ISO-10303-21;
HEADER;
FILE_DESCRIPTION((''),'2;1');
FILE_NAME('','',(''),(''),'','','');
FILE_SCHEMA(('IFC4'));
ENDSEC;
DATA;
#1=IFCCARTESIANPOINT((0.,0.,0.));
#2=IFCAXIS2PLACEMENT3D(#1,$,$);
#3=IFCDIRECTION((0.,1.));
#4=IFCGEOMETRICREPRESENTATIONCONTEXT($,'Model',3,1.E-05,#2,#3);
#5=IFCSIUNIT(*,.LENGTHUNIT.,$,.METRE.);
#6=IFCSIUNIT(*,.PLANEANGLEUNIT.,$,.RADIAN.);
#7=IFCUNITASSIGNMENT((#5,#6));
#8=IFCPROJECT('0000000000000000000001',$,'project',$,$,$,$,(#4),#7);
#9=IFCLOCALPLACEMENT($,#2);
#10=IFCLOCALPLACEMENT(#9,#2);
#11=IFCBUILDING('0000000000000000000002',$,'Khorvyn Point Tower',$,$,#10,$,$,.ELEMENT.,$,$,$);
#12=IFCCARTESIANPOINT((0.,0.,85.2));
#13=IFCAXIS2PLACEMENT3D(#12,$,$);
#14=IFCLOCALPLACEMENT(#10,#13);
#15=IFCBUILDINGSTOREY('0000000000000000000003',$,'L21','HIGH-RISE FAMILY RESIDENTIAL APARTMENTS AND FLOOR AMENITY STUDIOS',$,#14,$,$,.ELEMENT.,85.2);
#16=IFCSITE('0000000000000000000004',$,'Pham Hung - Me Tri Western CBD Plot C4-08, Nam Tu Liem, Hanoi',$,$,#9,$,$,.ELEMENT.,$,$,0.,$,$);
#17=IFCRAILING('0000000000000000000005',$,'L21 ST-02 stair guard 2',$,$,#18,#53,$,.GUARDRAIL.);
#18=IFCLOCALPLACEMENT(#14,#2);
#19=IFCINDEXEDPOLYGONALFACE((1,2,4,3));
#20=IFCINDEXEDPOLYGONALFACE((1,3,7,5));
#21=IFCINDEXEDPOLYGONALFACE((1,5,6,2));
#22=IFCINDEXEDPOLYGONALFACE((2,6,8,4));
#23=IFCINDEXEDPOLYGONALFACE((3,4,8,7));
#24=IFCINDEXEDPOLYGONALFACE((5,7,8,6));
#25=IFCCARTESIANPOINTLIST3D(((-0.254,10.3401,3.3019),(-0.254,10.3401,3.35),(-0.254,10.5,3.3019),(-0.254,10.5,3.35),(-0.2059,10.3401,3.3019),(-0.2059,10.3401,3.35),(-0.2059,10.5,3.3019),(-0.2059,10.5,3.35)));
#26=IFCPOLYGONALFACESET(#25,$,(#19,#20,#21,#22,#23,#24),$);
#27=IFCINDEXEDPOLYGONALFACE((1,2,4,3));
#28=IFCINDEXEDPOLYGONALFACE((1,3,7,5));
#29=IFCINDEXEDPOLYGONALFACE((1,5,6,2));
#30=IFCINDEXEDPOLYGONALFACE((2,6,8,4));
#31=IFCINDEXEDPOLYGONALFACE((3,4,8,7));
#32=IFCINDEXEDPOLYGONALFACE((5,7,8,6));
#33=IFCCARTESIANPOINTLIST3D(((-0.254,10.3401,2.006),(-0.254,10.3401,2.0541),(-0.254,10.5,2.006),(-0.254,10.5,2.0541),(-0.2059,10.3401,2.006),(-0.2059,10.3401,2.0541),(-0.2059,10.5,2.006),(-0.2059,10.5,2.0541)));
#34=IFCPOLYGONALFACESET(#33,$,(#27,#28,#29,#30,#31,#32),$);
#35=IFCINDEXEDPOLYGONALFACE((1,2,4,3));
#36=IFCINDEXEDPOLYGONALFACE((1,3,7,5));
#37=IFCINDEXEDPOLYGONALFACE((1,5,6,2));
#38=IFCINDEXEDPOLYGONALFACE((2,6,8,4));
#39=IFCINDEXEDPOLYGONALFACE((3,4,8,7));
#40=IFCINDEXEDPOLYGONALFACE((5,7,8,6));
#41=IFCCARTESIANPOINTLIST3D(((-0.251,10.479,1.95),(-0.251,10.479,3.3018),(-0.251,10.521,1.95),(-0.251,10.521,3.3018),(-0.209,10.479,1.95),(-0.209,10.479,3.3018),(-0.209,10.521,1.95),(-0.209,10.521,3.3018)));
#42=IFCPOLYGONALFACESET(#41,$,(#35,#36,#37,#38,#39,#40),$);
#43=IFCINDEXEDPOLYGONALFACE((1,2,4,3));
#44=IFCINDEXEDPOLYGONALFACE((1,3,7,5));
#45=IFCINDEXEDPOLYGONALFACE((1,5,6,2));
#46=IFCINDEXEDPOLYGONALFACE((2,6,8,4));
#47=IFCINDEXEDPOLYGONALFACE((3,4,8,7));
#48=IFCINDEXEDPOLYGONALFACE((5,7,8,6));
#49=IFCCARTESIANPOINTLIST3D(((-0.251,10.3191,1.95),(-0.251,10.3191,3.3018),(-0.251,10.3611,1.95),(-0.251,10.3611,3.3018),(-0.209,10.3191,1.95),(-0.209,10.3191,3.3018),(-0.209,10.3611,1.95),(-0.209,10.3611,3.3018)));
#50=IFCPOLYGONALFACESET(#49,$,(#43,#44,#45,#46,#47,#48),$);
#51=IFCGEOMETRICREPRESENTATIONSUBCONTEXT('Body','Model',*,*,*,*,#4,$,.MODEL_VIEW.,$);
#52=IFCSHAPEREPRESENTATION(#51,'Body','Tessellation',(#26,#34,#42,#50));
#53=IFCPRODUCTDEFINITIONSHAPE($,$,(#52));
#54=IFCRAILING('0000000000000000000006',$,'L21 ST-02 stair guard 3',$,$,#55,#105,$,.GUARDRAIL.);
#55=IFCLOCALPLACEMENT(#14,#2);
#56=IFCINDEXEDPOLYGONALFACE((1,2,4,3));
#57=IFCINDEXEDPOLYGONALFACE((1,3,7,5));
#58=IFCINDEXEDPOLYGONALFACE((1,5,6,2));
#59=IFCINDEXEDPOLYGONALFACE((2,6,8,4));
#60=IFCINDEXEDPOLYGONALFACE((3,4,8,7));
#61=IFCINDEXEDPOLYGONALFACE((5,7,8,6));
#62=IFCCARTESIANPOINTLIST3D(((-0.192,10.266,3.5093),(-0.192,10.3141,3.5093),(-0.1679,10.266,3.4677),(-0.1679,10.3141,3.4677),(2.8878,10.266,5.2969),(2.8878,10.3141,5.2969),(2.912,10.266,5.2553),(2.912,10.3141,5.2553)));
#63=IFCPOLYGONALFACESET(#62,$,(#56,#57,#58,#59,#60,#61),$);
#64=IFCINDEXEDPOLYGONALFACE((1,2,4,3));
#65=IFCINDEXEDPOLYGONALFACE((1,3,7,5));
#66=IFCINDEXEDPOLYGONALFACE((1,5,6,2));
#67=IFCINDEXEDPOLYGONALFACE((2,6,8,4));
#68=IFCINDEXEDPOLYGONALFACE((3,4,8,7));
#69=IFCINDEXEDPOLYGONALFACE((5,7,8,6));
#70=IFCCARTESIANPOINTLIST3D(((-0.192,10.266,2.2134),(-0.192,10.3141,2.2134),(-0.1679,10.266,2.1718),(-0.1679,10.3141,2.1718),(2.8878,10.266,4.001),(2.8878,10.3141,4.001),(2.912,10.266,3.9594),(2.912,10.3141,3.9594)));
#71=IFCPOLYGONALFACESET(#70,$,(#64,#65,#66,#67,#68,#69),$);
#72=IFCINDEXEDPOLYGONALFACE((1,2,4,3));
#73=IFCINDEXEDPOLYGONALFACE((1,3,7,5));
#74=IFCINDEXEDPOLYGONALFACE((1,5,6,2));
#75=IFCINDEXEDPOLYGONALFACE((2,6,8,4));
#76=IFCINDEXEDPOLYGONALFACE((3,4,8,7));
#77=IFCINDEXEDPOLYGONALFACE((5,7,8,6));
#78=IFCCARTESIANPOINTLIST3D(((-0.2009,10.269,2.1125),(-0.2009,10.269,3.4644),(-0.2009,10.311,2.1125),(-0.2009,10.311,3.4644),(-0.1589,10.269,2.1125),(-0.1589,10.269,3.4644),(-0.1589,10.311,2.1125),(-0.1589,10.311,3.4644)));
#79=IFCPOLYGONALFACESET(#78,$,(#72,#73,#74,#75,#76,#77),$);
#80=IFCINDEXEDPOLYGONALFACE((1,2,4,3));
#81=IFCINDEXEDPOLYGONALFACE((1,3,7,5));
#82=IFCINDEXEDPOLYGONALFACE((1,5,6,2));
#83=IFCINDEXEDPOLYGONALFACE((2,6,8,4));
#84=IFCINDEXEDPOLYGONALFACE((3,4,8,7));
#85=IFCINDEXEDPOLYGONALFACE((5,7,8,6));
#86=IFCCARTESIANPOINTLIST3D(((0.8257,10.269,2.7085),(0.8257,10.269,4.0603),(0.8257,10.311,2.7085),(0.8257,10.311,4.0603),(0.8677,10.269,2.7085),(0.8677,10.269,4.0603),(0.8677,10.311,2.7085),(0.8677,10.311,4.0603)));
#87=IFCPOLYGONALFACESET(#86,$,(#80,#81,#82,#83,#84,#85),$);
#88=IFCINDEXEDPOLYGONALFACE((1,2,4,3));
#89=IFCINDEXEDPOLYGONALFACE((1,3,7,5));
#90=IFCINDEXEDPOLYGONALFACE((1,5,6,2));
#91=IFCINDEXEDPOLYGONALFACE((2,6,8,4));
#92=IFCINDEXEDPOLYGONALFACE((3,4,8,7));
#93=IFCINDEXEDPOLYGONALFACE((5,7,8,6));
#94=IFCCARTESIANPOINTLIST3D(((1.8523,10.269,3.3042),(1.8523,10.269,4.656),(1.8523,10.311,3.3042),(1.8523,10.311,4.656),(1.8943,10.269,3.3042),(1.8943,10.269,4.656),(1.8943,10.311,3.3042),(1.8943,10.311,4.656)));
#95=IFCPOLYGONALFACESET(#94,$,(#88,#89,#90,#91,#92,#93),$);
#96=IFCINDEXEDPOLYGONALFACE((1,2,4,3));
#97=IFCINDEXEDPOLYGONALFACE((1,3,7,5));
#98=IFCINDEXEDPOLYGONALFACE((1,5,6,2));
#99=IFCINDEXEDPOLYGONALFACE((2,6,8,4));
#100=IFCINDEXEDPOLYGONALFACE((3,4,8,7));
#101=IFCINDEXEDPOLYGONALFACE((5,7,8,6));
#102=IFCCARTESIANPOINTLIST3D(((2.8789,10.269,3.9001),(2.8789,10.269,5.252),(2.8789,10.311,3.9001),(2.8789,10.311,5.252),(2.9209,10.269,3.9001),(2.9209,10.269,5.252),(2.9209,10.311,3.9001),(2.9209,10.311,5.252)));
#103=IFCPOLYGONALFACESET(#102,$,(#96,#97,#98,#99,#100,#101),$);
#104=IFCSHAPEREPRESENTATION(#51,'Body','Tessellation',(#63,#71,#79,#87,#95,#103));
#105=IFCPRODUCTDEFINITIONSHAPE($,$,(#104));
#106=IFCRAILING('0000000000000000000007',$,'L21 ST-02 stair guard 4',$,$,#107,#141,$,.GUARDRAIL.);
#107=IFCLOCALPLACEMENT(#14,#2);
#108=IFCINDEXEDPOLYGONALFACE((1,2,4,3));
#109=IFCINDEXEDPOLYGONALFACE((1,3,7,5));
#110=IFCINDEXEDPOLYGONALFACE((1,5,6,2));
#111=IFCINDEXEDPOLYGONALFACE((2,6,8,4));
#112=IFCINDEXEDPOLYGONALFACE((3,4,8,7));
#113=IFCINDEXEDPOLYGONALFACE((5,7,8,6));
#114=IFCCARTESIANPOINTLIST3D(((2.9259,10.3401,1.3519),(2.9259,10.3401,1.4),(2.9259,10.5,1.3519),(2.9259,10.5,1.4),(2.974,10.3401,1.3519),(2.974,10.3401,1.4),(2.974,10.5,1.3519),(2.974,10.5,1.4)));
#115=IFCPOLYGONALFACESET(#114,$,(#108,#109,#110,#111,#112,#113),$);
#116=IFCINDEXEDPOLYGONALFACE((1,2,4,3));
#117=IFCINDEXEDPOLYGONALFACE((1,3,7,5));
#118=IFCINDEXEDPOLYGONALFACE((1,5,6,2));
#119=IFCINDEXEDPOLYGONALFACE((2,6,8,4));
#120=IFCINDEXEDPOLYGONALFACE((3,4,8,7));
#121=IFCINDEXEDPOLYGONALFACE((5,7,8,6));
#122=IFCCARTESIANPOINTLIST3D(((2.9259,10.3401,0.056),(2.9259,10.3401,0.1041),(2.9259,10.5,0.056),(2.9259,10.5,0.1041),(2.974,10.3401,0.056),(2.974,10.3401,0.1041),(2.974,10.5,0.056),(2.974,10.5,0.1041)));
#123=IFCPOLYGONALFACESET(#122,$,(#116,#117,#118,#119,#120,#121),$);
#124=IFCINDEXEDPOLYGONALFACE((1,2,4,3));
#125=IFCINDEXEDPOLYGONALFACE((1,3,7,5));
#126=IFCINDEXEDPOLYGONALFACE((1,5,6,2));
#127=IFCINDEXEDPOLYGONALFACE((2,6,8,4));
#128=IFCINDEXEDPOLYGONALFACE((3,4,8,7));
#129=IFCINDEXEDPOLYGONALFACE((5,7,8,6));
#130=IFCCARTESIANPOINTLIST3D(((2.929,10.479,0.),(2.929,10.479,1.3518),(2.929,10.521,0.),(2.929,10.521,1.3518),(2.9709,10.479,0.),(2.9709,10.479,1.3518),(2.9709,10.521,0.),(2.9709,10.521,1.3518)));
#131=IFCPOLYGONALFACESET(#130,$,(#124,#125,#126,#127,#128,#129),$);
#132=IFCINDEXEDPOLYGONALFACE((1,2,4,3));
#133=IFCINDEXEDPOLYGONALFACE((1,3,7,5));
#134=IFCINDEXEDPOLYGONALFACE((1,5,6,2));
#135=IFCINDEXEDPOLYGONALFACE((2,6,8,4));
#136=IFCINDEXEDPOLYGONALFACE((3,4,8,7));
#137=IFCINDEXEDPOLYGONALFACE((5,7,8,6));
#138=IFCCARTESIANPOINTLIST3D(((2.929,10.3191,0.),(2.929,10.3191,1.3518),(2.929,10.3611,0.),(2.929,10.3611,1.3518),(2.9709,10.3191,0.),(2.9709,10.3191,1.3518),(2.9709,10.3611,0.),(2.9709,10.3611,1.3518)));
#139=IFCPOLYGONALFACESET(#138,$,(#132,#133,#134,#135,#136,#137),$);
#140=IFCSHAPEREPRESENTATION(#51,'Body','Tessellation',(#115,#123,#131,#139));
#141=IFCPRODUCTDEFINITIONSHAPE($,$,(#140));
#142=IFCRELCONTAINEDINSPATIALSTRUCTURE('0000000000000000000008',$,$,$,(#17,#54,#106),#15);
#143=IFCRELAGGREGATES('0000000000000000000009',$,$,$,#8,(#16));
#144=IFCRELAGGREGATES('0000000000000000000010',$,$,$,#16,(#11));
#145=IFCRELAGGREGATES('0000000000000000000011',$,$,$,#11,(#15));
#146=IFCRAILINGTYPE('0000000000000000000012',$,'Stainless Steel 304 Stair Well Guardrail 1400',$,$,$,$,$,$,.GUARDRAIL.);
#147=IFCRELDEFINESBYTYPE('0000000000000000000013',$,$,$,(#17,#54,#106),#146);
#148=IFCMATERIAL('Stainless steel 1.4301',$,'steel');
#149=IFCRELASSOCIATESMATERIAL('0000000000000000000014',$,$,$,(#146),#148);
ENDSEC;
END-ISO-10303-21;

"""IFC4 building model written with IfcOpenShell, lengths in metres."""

from ifc_helpers import new_model, si_unit, direction, frame, origin, origin_2d, place, context, subcontext, project, spatial, rectangle, extrude, material, type_object, element, save


model = new_model("IFC4")

# Units and contexts
model_context = context("Model", 3, precision=1e-05, world=origin(), true_north=direction((0.0, 1.0)))
body_context = subcontext(model_context, "Body", "Model", "MODEL_VIEW")
ifc_project = project(units=[si_unit("LENGTHUNIT", "METRE"), si_unit("PLANEANGLEUNIT", "RADIAN")], contexts=[model_context])

# Site, building, storey
site_placement = place(None, origin())
site = spatial("IfcSite", under=ifc_project, at=site_placement, Name="Pham Hung - Me Tri Western CBD Plot C4-08, Nam Tu Liem, Hanoi", CompositionType="ELEMENT", RefElevation=0.0)
building_placement = place(site_placement, origin())
building = spatial("IfcBuilding", under=site, at=building_placement, Name="Khorvyn Point Tower", CompositionType="ELEMENT")
storey_placement = place(building_placement, frame((0.0, 0.0, 85.2)))
storey = spatial("IfcBuildingStorey", under=building, at=storey_placement, Name="L21", Description="HIGH-RISE FAMILY RESIDENTIAL APARTMENTS AND FLOOR AMENITY STUDIOS", CompositionType="ELEMENT", Elevation=85.2)

# Shared definitions
ifc_material_1 = material(Name="Stainless steel 1.4301", Category="steel")

# Railings
railing_type_1 = type_object("IfcRailingType", Name="Stainless Steel 304 Stair Well Guardrail 1400", PredefinedType="GUARDRAIL", material=ifc_material_1)
railing_1_placement = place(storey_placement, frame((-0.23, 10.5, 1.95)))
element("IfcRailing", 1, at=railing_1_placement, inside=storey, type_object=railing_type_1, Name="L21 ST-02 stair guard 2", PredefinedType="GUARDRAIL", context=body_context, shape_type="SweptSolid", body=[
    extrude(rectangle(XDim=0.0481, YDim=0.0481, at=origin_2d()), frame((0.0, 0.0, 1.376), z_axis=(0.0, -1.0, 0.0), x_axis=(1.0, 0.0, 0.0)), (0.0, 0.0, 1.0), 0.1599),
    extrude(rectangle(XDim=0.0481, YDim=0.0481, at=origin_2d()), frame((0.0, 0.0, 0.0801), z_axis=(0.0, -1.0, 0.0), x_axis=(1.0, 0.0, 0.0)), (0.0, 0.0, 1.0), 0.1599),
    extrude(rectangle(XDim=0.042, YDim=0.042, at=origin_2d()), origin(), (0.0, 0.0, 1.0), 1.3518),
    extrude(rectangle(XDim=0.042, YDim=0.042, at=origin_2d()), frame((0.0, -0.1599, 0.0)), (0.0, 0.0, 1.0), 1.3518),
])
railing_2_placement = place(storey_placement, frame((-0.1799, 10.29, 2.1125)))
element("IfcRailing", 2, at=railing_2_placement, inside=storey, type_object=railing_type_1, Name="L21 ST-02 stair guard 3", PredefinedType="GUARDRAIL", context=body_context, shape_type="SweptSolid", body=[
    extrude(rectangle(XDim=0.0481, YDim=0.0481, at=origin_2d()), frame((0.0, 0.0, 1.376), z_axis=(0.864873, 0.0, 0.50199), x_axis=(0.0, 1.0, 0.0)), (0.0, 0.0, 1.0), 3.561),
    extrude(rectangle(XDim=0.0481, YDim=0.0481, at=origin_2d()), frame((0.0, 0.0, 0.0801), z_axis=(0.864873, 0.0, 0.50199), x_axis=(0.0, 1.0, 0.0)), (0.0, 0.0, 1.0), 3.561),
    extrude(rectangle(XDim=0.042, YDim=0.042, at=origin_2d()), origin(), (0.0, 0.0, 1.0), 1.3518),
    extrude(rectangle(XDim=0.042, YDim=0.042, at=origin_2d()), frame((1.0266, 0.0, 0.5959)), (0.0, 0.0, 1.0), 1.3518),
    extrude(rectangle(XDim=0.042, YDim=0.042, at=origin_2d()), frame((2.0532, 0.0, 1.1917)), (0.0, 0.0, 1.0), 1.3518),
    extrude(rectangle(XDim=0.042, YDim=0.042, at=origin_2d()), frame((3.0798, 0.0, 1.7876)), (0.0, 0.0, 1.0), 1.3518),
])
railing_3_placement = place(storey_placement, frame((2.95, 10.5, 0.0)))
element("IfcRailing", 3, at=railing_3_placement, inside=storey, type_object=railing_type_1, Name="L21 ST-02 stair guard 4", PredefinedType="GUARDRAIL", context=body_context, shape_type="SweptSolid", body=[
    extrude(rectangle(XDim=0.0481, YDim=0.0481, at=origin_2d()), frame((0.0, 0.0, 1.376), z_axis=(0.0, -1.0, 0.0), x_axis=(1.0, 0.0, 0.0)), (0.0, 0.0, 1.0), 0.1599),
    extrude(rectangle(XDim=0.0481, YDim=0.0481, at=origin_2d()), frame((0.0, 0.0, 0.0801), z_axis=(0.0, -1.0, 0.0), x_axis=(1.0, 0.0, 0.0)), (0.0, 0.0, 1.0), 0.1599),
    extrude(rectangle(XDim=0.042, YDim=0.042, at=origin_2d()), origin(), (0.0, 0.0, 1.0), 1.3518),
    extrude(rectangle(XDim=0.042, YDim=0.042, at=origin_2d()), frame((0.0, -0.1599, 0.0)), (0.0, 0.0, 1.0), 1.3518),
])

save(model, "model.ifc")
